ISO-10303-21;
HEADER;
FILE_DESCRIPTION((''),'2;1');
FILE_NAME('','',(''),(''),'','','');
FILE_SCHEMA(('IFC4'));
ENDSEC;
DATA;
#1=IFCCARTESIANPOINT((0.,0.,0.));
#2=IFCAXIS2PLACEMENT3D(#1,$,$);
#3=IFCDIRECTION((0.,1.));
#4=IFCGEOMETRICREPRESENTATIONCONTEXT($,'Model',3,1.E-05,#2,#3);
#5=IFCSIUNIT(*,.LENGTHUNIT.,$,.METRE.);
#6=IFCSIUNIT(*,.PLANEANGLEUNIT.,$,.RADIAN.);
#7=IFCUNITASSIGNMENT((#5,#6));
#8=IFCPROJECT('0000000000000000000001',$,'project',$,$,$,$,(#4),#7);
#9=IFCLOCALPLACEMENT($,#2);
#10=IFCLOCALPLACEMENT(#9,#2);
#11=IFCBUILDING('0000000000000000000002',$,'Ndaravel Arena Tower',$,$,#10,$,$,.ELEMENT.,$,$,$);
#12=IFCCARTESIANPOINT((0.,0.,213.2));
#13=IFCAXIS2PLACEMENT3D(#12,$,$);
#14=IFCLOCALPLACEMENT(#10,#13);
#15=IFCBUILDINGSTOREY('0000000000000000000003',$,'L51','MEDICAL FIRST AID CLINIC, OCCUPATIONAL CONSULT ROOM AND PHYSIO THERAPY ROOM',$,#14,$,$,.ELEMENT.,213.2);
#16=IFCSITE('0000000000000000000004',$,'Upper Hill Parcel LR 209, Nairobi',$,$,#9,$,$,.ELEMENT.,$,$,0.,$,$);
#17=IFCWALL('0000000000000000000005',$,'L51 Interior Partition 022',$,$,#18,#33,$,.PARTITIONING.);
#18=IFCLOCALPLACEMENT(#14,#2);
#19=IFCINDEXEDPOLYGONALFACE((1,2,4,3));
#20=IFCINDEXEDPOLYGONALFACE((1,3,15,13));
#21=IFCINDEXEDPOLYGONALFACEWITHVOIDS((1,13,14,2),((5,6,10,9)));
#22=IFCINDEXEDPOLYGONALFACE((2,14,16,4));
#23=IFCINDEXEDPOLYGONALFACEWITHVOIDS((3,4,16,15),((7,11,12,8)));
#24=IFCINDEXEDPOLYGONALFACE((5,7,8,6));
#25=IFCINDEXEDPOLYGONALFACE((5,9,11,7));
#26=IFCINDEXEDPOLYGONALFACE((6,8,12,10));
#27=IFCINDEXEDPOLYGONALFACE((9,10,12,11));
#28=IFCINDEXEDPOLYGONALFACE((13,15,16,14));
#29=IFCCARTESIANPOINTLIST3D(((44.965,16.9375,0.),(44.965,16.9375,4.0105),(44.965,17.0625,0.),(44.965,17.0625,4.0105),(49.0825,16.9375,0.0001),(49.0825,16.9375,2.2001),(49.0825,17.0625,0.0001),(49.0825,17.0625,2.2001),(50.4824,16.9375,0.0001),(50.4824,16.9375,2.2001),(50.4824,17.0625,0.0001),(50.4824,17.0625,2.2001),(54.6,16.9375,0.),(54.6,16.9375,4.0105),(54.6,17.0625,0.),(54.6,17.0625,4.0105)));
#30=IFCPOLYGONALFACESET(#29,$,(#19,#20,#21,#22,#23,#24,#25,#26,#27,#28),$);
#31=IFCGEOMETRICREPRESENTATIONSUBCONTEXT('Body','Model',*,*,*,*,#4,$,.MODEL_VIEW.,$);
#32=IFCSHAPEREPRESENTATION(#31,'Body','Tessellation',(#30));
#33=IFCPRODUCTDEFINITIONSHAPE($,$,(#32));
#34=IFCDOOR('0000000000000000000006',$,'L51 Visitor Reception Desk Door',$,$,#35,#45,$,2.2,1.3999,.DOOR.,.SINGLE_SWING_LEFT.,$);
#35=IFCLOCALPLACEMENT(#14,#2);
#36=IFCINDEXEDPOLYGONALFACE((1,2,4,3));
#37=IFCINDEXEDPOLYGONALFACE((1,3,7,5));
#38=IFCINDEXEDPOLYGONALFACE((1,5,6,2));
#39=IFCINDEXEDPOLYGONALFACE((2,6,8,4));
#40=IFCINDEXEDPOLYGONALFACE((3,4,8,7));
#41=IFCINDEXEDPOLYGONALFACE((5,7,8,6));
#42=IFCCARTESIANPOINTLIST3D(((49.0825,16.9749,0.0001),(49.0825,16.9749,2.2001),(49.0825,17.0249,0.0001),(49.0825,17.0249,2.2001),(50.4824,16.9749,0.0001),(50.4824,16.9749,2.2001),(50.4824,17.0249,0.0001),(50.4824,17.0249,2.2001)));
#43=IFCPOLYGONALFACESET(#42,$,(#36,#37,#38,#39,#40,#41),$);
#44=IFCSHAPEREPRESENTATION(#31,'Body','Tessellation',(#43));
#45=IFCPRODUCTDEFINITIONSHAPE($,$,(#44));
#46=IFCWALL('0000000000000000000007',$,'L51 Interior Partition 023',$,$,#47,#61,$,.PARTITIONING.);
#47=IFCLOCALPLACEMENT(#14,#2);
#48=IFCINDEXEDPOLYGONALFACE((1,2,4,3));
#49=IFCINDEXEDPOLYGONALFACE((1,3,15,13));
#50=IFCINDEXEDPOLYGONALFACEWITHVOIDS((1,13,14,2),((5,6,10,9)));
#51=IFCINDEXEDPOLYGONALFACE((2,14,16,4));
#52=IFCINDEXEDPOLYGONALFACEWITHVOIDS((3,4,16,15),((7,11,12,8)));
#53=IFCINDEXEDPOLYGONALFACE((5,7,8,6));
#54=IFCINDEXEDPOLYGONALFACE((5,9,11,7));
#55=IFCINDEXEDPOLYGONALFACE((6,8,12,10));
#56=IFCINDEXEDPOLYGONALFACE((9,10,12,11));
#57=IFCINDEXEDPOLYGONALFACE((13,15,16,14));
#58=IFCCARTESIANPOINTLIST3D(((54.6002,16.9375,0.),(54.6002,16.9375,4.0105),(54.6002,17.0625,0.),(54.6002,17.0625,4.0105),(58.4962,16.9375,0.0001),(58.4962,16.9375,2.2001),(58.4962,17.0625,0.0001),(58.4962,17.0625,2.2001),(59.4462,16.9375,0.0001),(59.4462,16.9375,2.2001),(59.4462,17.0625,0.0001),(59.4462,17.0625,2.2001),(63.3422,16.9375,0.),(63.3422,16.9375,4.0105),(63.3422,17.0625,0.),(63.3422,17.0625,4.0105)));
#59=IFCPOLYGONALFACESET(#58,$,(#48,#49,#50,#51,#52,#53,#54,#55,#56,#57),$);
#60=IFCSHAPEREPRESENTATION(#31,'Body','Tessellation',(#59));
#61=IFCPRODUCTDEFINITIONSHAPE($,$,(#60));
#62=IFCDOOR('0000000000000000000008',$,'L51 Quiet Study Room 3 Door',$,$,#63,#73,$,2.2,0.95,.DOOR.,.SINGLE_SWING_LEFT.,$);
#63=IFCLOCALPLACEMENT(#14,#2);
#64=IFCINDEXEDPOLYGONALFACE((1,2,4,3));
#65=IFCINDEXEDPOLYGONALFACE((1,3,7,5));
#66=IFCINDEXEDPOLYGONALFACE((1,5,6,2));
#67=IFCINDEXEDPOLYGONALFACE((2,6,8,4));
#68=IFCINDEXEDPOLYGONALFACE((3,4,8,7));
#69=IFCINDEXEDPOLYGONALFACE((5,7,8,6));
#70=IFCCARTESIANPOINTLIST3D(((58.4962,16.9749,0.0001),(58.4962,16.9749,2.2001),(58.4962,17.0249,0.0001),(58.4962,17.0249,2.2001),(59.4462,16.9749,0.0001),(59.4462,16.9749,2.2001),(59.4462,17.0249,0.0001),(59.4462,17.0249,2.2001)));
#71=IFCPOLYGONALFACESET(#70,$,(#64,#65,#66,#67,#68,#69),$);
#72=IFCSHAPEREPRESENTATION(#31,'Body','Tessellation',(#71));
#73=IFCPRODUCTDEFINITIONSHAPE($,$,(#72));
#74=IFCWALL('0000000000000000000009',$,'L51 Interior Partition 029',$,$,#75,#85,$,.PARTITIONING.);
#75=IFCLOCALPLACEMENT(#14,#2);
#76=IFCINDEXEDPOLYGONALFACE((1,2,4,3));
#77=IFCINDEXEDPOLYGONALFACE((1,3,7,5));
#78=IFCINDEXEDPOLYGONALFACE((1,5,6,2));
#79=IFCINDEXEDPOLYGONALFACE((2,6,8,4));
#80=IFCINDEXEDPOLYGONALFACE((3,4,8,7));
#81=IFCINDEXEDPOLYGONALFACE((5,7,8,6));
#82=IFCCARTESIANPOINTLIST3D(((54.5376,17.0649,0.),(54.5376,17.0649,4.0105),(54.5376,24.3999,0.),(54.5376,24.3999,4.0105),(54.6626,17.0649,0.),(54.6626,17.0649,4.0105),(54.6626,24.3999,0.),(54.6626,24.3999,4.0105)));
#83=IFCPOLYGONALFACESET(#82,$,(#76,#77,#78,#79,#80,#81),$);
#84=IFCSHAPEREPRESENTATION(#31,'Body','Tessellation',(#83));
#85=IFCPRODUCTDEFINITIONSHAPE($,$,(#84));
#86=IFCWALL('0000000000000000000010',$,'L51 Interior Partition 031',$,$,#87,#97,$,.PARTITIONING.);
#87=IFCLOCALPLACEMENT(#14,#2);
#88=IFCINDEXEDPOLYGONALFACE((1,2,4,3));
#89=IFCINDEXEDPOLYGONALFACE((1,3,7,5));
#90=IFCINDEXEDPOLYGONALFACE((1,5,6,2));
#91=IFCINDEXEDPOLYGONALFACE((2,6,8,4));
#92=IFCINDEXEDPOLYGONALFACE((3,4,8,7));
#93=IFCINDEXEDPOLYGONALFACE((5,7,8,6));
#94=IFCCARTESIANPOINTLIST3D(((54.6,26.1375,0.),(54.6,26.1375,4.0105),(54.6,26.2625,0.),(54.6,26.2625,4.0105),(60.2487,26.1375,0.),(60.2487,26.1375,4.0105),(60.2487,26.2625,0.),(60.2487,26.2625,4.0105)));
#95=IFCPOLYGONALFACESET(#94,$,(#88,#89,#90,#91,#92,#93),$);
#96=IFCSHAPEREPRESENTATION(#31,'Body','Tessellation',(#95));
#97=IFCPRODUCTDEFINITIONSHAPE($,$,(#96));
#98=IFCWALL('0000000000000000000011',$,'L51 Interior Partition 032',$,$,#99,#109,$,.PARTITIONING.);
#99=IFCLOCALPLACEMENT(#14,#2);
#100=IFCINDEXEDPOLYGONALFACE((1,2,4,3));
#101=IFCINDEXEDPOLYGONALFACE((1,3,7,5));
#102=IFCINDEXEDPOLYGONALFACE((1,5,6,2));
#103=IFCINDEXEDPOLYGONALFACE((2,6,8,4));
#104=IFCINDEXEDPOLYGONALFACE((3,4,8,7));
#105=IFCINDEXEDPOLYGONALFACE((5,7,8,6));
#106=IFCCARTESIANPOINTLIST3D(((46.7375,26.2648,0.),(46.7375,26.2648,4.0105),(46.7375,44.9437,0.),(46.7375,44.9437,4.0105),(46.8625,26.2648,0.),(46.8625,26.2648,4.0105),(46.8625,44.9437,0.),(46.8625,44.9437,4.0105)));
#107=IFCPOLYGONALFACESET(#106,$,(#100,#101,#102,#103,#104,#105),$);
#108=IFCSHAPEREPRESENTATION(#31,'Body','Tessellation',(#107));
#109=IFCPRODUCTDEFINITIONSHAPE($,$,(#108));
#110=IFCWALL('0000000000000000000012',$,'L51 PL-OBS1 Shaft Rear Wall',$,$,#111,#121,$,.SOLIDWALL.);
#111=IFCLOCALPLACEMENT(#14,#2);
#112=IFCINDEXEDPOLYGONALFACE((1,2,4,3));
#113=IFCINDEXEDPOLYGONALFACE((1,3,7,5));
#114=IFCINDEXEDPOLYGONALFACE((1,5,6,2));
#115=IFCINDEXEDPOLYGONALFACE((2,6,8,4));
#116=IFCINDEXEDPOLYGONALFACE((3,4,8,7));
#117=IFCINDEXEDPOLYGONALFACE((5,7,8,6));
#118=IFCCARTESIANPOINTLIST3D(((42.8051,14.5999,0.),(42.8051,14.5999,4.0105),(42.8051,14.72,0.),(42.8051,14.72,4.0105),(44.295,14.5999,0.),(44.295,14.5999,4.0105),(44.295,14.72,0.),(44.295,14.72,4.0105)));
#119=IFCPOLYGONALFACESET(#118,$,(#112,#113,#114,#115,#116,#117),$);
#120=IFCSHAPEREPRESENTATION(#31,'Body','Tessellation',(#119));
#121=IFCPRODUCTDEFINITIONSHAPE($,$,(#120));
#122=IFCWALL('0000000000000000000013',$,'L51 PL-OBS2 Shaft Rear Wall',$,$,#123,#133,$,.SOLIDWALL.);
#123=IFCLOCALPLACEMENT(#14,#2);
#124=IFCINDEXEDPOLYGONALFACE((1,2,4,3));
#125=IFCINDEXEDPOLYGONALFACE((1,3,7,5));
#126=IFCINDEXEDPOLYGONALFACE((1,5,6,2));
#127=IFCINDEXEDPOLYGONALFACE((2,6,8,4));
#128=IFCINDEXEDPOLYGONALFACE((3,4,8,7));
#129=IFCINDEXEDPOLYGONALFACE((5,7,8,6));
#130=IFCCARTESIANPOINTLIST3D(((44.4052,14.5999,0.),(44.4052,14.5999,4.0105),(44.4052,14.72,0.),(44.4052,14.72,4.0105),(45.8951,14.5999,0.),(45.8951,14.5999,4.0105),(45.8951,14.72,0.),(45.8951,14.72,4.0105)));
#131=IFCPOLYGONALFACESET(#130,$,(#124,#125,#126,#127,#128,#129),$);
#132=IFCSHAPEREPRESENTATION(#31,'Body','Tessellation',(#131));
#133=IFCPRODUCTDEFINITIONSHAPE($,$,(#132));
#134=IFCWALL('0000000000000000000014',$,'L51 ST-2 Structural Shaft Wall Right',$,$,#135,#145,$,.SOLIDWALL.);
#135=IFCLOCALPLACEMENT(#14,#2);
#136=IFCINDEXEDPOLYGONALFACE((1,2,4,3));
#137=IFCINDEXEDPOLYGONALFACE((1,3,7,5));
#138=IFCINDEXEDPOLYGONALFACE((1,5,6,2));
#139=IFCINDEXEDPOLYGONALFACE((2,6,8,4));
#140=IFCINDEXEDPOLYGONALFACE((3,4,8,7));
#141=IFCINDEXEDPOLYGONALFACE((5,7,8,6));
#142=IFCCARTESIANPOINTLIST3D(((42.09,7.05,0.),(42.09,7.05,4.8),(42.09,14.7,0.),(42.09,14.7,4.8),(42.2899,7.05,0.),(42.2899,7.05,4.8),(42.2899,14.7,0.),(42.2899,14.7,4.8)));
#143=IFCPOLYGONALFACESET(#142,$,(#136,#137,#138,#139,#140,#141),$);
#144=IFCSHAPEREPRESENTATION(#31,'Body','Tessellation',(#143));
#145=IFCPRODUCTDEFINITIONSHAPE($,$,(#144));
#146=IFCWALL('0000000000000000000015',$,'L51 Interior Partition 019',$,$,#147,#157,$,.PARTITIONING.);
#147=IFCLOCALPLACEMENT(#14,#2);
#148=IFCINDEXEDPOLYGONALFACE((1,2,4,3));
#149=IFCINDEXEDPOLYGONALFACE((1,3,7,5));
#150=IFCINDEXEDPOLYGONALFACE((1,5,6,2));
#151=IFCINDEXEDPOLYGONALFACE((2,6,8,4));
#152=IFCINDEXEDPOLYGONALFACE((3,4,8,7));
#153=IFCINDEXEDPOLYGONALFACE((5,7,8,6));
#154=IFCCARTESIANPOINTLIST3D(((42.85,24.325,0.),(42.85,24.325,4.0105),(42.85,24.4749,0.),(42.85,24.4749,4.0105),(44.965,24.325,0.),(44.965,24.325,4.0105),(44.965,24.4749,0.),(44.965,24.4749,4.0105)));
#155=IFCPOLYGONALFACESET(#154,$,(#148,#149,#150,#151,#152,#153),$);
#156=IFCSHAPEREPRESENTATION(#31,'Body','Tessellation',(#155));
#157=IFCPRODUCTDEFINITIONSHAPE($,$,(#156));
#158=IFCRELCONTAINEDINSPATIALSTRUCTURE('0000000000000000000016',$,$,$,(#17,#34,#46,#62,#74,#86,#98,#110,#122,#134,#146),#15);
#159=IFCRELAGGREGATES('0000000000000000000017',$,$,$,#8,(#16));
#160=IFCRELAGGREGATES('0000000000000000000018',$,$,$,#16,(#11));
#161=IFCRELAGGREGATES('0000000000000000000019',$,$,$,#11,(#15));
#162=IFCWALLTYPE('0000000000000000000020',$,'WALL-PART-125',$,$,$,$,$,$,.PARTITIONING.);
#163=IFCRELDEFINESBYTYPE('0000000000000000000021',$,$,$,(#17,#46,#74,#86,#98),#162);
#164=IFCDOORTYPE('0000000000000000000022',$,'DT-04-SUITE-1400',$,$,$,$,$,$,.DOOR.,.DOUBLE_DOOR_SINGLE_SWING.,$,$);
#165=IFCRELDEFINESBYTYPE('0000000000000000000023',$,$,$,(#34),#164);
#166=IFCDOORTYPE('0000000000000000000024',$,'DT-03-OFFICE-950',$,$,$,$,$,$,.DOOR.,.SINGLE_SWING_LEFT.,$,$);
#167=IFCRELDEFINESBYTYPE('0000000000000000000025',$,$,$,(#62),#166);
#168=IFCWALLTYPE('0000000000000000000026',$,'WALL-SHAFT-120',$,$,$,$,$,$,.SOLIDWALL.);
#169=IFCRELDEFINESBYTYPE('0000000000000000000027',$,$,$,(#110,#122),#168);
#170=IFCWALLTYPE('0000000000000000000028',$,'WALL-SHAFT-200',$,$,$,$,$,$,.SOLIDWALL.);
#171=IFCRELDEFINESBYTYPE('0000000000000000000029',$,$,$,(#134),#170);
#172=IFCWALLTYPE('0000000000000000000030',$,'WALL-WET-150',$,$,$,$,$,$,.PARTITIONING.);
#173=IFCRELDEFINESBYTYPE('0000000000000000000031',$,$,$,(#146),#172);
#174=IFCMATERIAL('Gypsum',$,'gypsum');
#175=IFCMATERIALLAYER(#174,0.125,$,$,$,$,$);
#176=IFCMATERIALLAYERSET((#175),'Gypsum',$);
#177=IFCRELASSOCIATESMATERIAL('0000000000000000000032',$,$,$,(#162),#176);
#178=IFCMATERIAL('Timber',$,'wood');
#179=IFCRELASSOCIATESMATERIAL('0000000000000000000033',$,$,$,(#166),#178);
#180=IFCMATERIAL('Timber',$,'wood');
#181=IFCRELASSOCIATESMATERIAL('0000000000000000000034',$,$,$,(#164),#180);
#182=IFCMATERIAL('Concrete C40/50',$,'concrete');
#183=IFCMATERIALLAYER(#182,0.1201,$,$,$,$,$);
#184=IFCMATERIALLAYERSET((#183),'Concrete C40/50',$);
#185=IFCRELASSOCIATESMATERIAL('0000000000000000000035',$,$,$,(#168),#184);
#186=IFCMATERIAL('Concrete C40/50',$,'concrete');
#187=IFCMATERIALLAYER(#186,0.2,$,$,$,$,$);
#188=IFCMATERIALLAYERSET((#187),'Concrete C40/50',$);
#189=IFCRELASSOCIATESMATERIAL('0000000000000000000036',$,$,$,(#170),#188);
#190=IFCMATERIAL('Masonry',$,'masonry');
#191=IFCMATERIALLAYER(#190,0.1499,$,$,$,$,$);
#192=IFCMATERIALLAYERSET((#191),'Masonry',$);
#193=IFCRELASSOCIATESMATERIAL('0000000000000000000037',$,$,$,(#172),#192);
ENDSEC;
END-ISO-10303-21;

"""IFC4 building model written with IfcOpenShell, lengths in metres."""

from ifc_helpers import new_model, si_unit, direction, frame, frame_2d, origin, place, context, subcontext, project, spatial, rectangle, extrude, material, layer, layer_set, type_object, element, fill, save


model = new_model("IFC4")

# Units and contexts
model_context = context("Model", 3, precision=1e-05, world=origin(), true_north=direction((0.0, 1.0)))
body_context = subcontext(model_context, "Body", "Model", "MODEL_VIEW")
ifc_project = project(units=[si_unit("LENGTHUNIT", "METRE"), si_unit("PLANEANGLEUNIT", "RADIAN")], contexts=[model_context])

# Site, building, storey
site_placement = place(None, origin())
site = spatial("IfcSite", under=ifc_project, at=site_placement, Name="Upper Hill Parcel LR 209, Nairobi", CompositionType="ELEMENT", RefElevation=0.0)
building_placement = place(site_placement, origin())
building = spatial("IfcBuilding", under=site, at=building_placement, Name="Ndaravel Arena Tower", CompositionType="ELEMENT")
storey_placement = place(building_placement, frame((0.0, 0.0, 213.2)))
storey = spatial("IfcBuildingStorey", under=building, at=storey_placement, Name="L51", Description="MEDICAL FIRST AID CLINIC, OCCUPATIONAL CONSULT ROOM AND PHYSIO THERAPY ROOM", CompositionType="ELEMENT", Elevation=213.2)

# Shared definitions
ifc_material_1 = material(Name="Gypsum", Category="gypsum")
ifc_layer_1 = layer(ifc_material_1, 0.125)
ifc_layer_set_1 = layer_set([ifc_layer_1], Name="Gypsum")
wall_type_1 = type_object("IfcWallType", Name="WALL-PART-125", PredefinedType="PARTITIONING", material=ifc_layer_set_1)
ifc_material_2 = material(Name="Timber", Category="wood")
door_type_1 = type_object("IfcDoorType", Name="DT-03-OFFICE-950", OperationType="SINGLE_SWING_LEFT", PredefinedType="DOOR", material=ifc_material_2)

# Walls, openings, doors
wall_1_placement = place(storey_placement, frame((44.9651, 17.0, 0.0), z_axis=(0.0, 0.0, 1.0), x_axis=(1.0, 0.0, 0.0)))
wall_1 = element("IfcWall", 1, at=wall_1_placement, inside=storey, type_object=wall_type_1, Name="L51 Interior Partition 022", PredefinedType="PARTITIONING", context=body_context, shape_type="SweptSolid", body=[
    extrude(rectangle(XDim=9.635, YDim=0.125, at=frame_2d((4.8174, 0.0))), origin(), (0.0, 0.0, 1.0), 4.0105),
])
opening_1_placement = place(wall_1_placement, frame((4.1174, 0.0, 0.0)))
opening_1 = element("IfcOpeningElement", 2, at=opening_1_placement, cuts=wall_1, PredefinedType="OPENING", context=body_context, shape_type="SweptSolid", body=[
    extrude(rectangle(XDim=1.3999, YDim=2.2, at=frame_2d((0.7, 1.1001))), frame((0.0, 0.0625, 0.0), z_axis=(0.0, -1.0, 0.0), x_axis=(1.0, 0.0, 0.0)), (0.0, 0.0, 1.0), 0.125),
])
ifc_material_3 = material(Name="Timber", Category="wood")
door_type_2 = type_object("IfcDoorType", Name="DT-04-SUITE-1400", OperationType="DOUBLE_DOOR_SINGLE_SWING", PredefinedType="DOOR", material=ifc_material_3)
door_1_placement = place(opening_1_placement, origin())
door_1 = element("IfcDoor", 3, at=door_1_placement, inside=storey, type_object=door_type_2, Name="L51 Visitor Reception Desk Door", OperationType="SINGLE_SWING_LEFT", OverallHeight=2.2, OverallWidth=1.3999, PredefinedType="DOOR", context=body_context, shape_type="SweptSolid", body=[
    extrude(rectangle(XDim=1.3999, YDim=2.2, at=frame_2d((0.7, 1.1001))), frame((0.0, 0.0249, 0.0), z_axis=(0.0, -1.0, 0.0), x_axis=(1.0, 0.0, 0.0)), (0.0, 0.0, 1.0), 0.05),
])
fill(opening_1, door_1)
wall_2_placement = place(storey_placement, frame((54.6001, 17.0, 0.0), z_axis=(0.0, 0.0, 1.0), x_axis=(1.0, 0.0, 0.0)))
wall_2 = element("IfcWall", 4, at=wall_2_placement, inside=storey, type_object=wall_type_1, Name="L51 Interior Partition 023", PredefinedType="PARTITIONING", context=body_context, shape_type="SweptSolid", body=[
    extrude(rectangle(XDim=8.7419, YDim=0.125, at=frame_2d((4.3711, 0.0))), origin(), (0.0, 0.0, 1.0), 4.0105),
])
opening_2_placement = place(wall_2_placement, frame((3.896, 0.0, 0.0)))
opening_2 = element("IfcOpeningElement", 5, at=opening_2_placement, cuts=wall_2, PredefinedType="OPENING", context=body_context, shape_type="SweptSolid", body=[
    extrude(rectangle(XDim=0.95, YDim=2.2, at=frame_2d((0.4751, 1.1001))), frame((0.0, 0.0625, 0.0), z_axis=(0.0, -1.0, 0.0), x_axis=(1.0, 0.0, 0.0)), (0.0, 0.0, 1.0), 0.125),
])
door_2_placement = place(opening_2_placement, origin())
door_2 = element("IfcDoor", 6, at=door_2_placement, inside=storey, type_object=door_type_1, Name="L51 Quiet Study Room 3 Door", OperationType="SINGLE_SWING_LEFT", OverallHeight=2.2, OverallWidth=0.95, PredefinedType="DOOR", context=body_context, shape_type="SweptSolid", body=[
    extrude(rectangle(XDim=0.95, YDim=2.2, at=frame_2d((0.4751, 1.1001))), frame((0.0, 0.0249, 0.0), z_axis=(0.0, -1.0, 0.0), x_axis=(1.0, 0.0, 0.0)), (0.0, 0.0, 1.0), 0.05),
])
fill(opening_2, door_2)

# Walls
wall_3_placement = place(storey_placement, frame((54.6001, 24.3999, 0.0), z_axis=(0.0, 0.0, 1.0), x_axis=(0.0, -1.0, 0.0)))
element("IfcWall", 7, at=wall_3_placement, inside=storey, type_object=wall_type_1, Name="L51 Interior Partition 029", PredefinedType="PARTITIONING", context=body_context, shape_type="SweptSolid", body=[
    extrude(rectangle(XDim=7.335, YDim=0.125, at=frame_2d((3.6675, 0.0))), origin(), (0.0, 0.0, 1.0), 4.0105),
])
wall_4_placement = place(storey_placement, frame((54.6001, 26.2, 0.0), z_axis=(0.0, 0.0, 1.0), x_axis=(1.0, 0.0, 0.0)))
element("IfcWall", 8, at=wall_4_placement, inside=storey, type_object=wall_type_1, Name="L51 Interior Partition 031", PredefinedType="PARTITIONING", context=body_context, shape_type="SweptSolid", body=[
    extrude(rectangle(XDim=5.6487, YDim=0.125, at=frame_2d((2.8242, 0.0))), origin(), (0.0, 0.0, 1.0), 4.0105),
])
wall_5_placement = place(storey_placement, frame((46.8, 26.2649, 0.0), z_axis=(0.0, 0.0, 1.0), x_axis=(0.0, 1.0, 0.0)))
element("IfcWall", 9, at=wall_5_placement, inside=storey, type_object=wall_type_1, Name="L51 Interior Partition 032", PredefinedType="PARTITIONING", context=body_context, shape_type="SweptSolid", body=[
    extrude(rectangle(XDim=18.679, YDim=0.125, at=frame_2d((9.3394, 0.0))), origin(), (0.0, 0.0, 1.0), 4.0105),
])
ifc_material_4 = material(Name="Concrete C40/50", Category="concrete")
ifc_layer_2 = layer(ifc_material_4, 0.1201)
ifc_layer_set_2 = layer_set([ifc_layer_2], Name="Concrete C40/50")
wall_type_2 = type_object("IfcWallType", Name="WALL-SHAFT-120", PredefinedType="SOLIDWALL", material=ifc_layer_set_2)
for number, where, z_axis, x_axis, name in (
    (10, (42.8049, 14.6599, 0.0), (0.0, 0.0, 1.0), (1.0, 0.0, 0.0), "L51 PL-OBS1 Shaft Rear Wall"),
    (11, (44.405, 14.6599, 0.0), (0.0, 0.0, 1.0), (1.0, 0.0, 0.0), "L51 PL-OBS2 Shaft Rear Wall"),
):
    element("IfcWall", number, at=place(storey_placement, frame(where, z_axis=z_axis, x_axis=x_axis)), inside=storey, type_object=wall_type_2, Name=name, PredefinedType="SOLIDWALL", context=body_context, shape_type="SweptSolid", body=[
        extrude(rectangle(XDim=1.49, YDim=0.1201, at=frame_2d((0.7451, 0.0))), origin(), (0.0, 0.0, 1.0), 4.0105),
    ])
ifc_material_5 = material(Name="Concrete C40/50", Category="concrete")
ifc_layer_3 = layer(ifc_material_5, 0.2)
ifc_layer_set_3 = layer_set([ifc_layer_3], Name="Concrete C40/50")
wall_type_3 = type_object("IfcWallType", Name="WALL-SHAFT-200", PredefinedType="SOLIDWALL", material=ifc_layer_set_3)
wall_6_placement = place(storey_placement, frame((42.1899, 14.7, 0.0), z_axis=(0.0, 0.0, 1.0), x_axis=(0.0, -1.0, 0.0)))
element("IfcWall", 12, at=wall_6_placement, inside=storey, type_object=wall_type_3, Name="L51 ST-2 Structural Shaft Wall Right", PredefinedType="SOLIDWALL", context=body_context, shape_type="SweptSolid", body=[
    extrude(rectangle(XDim=7.6499, YDim=0.2, at=frame_2d((3.825, 0.0))), origin(), (0.0, 0.0, 1.0), 4.8),
])
ifc_material_6 = material(Name="Masonry", Category="masonry")
ifc_layer_4 = layer(ifc_material_6, 0.1499)
ifc_layer_set_4 = layer_set([ifc_layer_4], Name="Masonry")
wall_type_4 = type_object("IfcWallType", Name="WALL-WET-150", PredefinedType="PARTITIONING", material=ifc_layer_set_4)
wall_7_placement = place(storey_placement, frame((44.9651, 24.3999, 0.0), z_axis=(0.0, 0.0, 1.0), x_axis=(-1.0, 0.0, 0.0)))
element("IfcWall", 13, at=wall_7_placement, inside=storey, type_object=wall_type_4, Name="L51 Interior Partition 019", PredefinedType="PARTITIONING", context=body_context, shape_type="SweptSolid", body=[
    extrude(rectangle(XDim=2.115, YDim=0.1499, at=frame_2d((1.0576, 0.0))), origin(), (0.0, 0.0, 1.0), 4.0105),
])

save(model, "model.ifc")
